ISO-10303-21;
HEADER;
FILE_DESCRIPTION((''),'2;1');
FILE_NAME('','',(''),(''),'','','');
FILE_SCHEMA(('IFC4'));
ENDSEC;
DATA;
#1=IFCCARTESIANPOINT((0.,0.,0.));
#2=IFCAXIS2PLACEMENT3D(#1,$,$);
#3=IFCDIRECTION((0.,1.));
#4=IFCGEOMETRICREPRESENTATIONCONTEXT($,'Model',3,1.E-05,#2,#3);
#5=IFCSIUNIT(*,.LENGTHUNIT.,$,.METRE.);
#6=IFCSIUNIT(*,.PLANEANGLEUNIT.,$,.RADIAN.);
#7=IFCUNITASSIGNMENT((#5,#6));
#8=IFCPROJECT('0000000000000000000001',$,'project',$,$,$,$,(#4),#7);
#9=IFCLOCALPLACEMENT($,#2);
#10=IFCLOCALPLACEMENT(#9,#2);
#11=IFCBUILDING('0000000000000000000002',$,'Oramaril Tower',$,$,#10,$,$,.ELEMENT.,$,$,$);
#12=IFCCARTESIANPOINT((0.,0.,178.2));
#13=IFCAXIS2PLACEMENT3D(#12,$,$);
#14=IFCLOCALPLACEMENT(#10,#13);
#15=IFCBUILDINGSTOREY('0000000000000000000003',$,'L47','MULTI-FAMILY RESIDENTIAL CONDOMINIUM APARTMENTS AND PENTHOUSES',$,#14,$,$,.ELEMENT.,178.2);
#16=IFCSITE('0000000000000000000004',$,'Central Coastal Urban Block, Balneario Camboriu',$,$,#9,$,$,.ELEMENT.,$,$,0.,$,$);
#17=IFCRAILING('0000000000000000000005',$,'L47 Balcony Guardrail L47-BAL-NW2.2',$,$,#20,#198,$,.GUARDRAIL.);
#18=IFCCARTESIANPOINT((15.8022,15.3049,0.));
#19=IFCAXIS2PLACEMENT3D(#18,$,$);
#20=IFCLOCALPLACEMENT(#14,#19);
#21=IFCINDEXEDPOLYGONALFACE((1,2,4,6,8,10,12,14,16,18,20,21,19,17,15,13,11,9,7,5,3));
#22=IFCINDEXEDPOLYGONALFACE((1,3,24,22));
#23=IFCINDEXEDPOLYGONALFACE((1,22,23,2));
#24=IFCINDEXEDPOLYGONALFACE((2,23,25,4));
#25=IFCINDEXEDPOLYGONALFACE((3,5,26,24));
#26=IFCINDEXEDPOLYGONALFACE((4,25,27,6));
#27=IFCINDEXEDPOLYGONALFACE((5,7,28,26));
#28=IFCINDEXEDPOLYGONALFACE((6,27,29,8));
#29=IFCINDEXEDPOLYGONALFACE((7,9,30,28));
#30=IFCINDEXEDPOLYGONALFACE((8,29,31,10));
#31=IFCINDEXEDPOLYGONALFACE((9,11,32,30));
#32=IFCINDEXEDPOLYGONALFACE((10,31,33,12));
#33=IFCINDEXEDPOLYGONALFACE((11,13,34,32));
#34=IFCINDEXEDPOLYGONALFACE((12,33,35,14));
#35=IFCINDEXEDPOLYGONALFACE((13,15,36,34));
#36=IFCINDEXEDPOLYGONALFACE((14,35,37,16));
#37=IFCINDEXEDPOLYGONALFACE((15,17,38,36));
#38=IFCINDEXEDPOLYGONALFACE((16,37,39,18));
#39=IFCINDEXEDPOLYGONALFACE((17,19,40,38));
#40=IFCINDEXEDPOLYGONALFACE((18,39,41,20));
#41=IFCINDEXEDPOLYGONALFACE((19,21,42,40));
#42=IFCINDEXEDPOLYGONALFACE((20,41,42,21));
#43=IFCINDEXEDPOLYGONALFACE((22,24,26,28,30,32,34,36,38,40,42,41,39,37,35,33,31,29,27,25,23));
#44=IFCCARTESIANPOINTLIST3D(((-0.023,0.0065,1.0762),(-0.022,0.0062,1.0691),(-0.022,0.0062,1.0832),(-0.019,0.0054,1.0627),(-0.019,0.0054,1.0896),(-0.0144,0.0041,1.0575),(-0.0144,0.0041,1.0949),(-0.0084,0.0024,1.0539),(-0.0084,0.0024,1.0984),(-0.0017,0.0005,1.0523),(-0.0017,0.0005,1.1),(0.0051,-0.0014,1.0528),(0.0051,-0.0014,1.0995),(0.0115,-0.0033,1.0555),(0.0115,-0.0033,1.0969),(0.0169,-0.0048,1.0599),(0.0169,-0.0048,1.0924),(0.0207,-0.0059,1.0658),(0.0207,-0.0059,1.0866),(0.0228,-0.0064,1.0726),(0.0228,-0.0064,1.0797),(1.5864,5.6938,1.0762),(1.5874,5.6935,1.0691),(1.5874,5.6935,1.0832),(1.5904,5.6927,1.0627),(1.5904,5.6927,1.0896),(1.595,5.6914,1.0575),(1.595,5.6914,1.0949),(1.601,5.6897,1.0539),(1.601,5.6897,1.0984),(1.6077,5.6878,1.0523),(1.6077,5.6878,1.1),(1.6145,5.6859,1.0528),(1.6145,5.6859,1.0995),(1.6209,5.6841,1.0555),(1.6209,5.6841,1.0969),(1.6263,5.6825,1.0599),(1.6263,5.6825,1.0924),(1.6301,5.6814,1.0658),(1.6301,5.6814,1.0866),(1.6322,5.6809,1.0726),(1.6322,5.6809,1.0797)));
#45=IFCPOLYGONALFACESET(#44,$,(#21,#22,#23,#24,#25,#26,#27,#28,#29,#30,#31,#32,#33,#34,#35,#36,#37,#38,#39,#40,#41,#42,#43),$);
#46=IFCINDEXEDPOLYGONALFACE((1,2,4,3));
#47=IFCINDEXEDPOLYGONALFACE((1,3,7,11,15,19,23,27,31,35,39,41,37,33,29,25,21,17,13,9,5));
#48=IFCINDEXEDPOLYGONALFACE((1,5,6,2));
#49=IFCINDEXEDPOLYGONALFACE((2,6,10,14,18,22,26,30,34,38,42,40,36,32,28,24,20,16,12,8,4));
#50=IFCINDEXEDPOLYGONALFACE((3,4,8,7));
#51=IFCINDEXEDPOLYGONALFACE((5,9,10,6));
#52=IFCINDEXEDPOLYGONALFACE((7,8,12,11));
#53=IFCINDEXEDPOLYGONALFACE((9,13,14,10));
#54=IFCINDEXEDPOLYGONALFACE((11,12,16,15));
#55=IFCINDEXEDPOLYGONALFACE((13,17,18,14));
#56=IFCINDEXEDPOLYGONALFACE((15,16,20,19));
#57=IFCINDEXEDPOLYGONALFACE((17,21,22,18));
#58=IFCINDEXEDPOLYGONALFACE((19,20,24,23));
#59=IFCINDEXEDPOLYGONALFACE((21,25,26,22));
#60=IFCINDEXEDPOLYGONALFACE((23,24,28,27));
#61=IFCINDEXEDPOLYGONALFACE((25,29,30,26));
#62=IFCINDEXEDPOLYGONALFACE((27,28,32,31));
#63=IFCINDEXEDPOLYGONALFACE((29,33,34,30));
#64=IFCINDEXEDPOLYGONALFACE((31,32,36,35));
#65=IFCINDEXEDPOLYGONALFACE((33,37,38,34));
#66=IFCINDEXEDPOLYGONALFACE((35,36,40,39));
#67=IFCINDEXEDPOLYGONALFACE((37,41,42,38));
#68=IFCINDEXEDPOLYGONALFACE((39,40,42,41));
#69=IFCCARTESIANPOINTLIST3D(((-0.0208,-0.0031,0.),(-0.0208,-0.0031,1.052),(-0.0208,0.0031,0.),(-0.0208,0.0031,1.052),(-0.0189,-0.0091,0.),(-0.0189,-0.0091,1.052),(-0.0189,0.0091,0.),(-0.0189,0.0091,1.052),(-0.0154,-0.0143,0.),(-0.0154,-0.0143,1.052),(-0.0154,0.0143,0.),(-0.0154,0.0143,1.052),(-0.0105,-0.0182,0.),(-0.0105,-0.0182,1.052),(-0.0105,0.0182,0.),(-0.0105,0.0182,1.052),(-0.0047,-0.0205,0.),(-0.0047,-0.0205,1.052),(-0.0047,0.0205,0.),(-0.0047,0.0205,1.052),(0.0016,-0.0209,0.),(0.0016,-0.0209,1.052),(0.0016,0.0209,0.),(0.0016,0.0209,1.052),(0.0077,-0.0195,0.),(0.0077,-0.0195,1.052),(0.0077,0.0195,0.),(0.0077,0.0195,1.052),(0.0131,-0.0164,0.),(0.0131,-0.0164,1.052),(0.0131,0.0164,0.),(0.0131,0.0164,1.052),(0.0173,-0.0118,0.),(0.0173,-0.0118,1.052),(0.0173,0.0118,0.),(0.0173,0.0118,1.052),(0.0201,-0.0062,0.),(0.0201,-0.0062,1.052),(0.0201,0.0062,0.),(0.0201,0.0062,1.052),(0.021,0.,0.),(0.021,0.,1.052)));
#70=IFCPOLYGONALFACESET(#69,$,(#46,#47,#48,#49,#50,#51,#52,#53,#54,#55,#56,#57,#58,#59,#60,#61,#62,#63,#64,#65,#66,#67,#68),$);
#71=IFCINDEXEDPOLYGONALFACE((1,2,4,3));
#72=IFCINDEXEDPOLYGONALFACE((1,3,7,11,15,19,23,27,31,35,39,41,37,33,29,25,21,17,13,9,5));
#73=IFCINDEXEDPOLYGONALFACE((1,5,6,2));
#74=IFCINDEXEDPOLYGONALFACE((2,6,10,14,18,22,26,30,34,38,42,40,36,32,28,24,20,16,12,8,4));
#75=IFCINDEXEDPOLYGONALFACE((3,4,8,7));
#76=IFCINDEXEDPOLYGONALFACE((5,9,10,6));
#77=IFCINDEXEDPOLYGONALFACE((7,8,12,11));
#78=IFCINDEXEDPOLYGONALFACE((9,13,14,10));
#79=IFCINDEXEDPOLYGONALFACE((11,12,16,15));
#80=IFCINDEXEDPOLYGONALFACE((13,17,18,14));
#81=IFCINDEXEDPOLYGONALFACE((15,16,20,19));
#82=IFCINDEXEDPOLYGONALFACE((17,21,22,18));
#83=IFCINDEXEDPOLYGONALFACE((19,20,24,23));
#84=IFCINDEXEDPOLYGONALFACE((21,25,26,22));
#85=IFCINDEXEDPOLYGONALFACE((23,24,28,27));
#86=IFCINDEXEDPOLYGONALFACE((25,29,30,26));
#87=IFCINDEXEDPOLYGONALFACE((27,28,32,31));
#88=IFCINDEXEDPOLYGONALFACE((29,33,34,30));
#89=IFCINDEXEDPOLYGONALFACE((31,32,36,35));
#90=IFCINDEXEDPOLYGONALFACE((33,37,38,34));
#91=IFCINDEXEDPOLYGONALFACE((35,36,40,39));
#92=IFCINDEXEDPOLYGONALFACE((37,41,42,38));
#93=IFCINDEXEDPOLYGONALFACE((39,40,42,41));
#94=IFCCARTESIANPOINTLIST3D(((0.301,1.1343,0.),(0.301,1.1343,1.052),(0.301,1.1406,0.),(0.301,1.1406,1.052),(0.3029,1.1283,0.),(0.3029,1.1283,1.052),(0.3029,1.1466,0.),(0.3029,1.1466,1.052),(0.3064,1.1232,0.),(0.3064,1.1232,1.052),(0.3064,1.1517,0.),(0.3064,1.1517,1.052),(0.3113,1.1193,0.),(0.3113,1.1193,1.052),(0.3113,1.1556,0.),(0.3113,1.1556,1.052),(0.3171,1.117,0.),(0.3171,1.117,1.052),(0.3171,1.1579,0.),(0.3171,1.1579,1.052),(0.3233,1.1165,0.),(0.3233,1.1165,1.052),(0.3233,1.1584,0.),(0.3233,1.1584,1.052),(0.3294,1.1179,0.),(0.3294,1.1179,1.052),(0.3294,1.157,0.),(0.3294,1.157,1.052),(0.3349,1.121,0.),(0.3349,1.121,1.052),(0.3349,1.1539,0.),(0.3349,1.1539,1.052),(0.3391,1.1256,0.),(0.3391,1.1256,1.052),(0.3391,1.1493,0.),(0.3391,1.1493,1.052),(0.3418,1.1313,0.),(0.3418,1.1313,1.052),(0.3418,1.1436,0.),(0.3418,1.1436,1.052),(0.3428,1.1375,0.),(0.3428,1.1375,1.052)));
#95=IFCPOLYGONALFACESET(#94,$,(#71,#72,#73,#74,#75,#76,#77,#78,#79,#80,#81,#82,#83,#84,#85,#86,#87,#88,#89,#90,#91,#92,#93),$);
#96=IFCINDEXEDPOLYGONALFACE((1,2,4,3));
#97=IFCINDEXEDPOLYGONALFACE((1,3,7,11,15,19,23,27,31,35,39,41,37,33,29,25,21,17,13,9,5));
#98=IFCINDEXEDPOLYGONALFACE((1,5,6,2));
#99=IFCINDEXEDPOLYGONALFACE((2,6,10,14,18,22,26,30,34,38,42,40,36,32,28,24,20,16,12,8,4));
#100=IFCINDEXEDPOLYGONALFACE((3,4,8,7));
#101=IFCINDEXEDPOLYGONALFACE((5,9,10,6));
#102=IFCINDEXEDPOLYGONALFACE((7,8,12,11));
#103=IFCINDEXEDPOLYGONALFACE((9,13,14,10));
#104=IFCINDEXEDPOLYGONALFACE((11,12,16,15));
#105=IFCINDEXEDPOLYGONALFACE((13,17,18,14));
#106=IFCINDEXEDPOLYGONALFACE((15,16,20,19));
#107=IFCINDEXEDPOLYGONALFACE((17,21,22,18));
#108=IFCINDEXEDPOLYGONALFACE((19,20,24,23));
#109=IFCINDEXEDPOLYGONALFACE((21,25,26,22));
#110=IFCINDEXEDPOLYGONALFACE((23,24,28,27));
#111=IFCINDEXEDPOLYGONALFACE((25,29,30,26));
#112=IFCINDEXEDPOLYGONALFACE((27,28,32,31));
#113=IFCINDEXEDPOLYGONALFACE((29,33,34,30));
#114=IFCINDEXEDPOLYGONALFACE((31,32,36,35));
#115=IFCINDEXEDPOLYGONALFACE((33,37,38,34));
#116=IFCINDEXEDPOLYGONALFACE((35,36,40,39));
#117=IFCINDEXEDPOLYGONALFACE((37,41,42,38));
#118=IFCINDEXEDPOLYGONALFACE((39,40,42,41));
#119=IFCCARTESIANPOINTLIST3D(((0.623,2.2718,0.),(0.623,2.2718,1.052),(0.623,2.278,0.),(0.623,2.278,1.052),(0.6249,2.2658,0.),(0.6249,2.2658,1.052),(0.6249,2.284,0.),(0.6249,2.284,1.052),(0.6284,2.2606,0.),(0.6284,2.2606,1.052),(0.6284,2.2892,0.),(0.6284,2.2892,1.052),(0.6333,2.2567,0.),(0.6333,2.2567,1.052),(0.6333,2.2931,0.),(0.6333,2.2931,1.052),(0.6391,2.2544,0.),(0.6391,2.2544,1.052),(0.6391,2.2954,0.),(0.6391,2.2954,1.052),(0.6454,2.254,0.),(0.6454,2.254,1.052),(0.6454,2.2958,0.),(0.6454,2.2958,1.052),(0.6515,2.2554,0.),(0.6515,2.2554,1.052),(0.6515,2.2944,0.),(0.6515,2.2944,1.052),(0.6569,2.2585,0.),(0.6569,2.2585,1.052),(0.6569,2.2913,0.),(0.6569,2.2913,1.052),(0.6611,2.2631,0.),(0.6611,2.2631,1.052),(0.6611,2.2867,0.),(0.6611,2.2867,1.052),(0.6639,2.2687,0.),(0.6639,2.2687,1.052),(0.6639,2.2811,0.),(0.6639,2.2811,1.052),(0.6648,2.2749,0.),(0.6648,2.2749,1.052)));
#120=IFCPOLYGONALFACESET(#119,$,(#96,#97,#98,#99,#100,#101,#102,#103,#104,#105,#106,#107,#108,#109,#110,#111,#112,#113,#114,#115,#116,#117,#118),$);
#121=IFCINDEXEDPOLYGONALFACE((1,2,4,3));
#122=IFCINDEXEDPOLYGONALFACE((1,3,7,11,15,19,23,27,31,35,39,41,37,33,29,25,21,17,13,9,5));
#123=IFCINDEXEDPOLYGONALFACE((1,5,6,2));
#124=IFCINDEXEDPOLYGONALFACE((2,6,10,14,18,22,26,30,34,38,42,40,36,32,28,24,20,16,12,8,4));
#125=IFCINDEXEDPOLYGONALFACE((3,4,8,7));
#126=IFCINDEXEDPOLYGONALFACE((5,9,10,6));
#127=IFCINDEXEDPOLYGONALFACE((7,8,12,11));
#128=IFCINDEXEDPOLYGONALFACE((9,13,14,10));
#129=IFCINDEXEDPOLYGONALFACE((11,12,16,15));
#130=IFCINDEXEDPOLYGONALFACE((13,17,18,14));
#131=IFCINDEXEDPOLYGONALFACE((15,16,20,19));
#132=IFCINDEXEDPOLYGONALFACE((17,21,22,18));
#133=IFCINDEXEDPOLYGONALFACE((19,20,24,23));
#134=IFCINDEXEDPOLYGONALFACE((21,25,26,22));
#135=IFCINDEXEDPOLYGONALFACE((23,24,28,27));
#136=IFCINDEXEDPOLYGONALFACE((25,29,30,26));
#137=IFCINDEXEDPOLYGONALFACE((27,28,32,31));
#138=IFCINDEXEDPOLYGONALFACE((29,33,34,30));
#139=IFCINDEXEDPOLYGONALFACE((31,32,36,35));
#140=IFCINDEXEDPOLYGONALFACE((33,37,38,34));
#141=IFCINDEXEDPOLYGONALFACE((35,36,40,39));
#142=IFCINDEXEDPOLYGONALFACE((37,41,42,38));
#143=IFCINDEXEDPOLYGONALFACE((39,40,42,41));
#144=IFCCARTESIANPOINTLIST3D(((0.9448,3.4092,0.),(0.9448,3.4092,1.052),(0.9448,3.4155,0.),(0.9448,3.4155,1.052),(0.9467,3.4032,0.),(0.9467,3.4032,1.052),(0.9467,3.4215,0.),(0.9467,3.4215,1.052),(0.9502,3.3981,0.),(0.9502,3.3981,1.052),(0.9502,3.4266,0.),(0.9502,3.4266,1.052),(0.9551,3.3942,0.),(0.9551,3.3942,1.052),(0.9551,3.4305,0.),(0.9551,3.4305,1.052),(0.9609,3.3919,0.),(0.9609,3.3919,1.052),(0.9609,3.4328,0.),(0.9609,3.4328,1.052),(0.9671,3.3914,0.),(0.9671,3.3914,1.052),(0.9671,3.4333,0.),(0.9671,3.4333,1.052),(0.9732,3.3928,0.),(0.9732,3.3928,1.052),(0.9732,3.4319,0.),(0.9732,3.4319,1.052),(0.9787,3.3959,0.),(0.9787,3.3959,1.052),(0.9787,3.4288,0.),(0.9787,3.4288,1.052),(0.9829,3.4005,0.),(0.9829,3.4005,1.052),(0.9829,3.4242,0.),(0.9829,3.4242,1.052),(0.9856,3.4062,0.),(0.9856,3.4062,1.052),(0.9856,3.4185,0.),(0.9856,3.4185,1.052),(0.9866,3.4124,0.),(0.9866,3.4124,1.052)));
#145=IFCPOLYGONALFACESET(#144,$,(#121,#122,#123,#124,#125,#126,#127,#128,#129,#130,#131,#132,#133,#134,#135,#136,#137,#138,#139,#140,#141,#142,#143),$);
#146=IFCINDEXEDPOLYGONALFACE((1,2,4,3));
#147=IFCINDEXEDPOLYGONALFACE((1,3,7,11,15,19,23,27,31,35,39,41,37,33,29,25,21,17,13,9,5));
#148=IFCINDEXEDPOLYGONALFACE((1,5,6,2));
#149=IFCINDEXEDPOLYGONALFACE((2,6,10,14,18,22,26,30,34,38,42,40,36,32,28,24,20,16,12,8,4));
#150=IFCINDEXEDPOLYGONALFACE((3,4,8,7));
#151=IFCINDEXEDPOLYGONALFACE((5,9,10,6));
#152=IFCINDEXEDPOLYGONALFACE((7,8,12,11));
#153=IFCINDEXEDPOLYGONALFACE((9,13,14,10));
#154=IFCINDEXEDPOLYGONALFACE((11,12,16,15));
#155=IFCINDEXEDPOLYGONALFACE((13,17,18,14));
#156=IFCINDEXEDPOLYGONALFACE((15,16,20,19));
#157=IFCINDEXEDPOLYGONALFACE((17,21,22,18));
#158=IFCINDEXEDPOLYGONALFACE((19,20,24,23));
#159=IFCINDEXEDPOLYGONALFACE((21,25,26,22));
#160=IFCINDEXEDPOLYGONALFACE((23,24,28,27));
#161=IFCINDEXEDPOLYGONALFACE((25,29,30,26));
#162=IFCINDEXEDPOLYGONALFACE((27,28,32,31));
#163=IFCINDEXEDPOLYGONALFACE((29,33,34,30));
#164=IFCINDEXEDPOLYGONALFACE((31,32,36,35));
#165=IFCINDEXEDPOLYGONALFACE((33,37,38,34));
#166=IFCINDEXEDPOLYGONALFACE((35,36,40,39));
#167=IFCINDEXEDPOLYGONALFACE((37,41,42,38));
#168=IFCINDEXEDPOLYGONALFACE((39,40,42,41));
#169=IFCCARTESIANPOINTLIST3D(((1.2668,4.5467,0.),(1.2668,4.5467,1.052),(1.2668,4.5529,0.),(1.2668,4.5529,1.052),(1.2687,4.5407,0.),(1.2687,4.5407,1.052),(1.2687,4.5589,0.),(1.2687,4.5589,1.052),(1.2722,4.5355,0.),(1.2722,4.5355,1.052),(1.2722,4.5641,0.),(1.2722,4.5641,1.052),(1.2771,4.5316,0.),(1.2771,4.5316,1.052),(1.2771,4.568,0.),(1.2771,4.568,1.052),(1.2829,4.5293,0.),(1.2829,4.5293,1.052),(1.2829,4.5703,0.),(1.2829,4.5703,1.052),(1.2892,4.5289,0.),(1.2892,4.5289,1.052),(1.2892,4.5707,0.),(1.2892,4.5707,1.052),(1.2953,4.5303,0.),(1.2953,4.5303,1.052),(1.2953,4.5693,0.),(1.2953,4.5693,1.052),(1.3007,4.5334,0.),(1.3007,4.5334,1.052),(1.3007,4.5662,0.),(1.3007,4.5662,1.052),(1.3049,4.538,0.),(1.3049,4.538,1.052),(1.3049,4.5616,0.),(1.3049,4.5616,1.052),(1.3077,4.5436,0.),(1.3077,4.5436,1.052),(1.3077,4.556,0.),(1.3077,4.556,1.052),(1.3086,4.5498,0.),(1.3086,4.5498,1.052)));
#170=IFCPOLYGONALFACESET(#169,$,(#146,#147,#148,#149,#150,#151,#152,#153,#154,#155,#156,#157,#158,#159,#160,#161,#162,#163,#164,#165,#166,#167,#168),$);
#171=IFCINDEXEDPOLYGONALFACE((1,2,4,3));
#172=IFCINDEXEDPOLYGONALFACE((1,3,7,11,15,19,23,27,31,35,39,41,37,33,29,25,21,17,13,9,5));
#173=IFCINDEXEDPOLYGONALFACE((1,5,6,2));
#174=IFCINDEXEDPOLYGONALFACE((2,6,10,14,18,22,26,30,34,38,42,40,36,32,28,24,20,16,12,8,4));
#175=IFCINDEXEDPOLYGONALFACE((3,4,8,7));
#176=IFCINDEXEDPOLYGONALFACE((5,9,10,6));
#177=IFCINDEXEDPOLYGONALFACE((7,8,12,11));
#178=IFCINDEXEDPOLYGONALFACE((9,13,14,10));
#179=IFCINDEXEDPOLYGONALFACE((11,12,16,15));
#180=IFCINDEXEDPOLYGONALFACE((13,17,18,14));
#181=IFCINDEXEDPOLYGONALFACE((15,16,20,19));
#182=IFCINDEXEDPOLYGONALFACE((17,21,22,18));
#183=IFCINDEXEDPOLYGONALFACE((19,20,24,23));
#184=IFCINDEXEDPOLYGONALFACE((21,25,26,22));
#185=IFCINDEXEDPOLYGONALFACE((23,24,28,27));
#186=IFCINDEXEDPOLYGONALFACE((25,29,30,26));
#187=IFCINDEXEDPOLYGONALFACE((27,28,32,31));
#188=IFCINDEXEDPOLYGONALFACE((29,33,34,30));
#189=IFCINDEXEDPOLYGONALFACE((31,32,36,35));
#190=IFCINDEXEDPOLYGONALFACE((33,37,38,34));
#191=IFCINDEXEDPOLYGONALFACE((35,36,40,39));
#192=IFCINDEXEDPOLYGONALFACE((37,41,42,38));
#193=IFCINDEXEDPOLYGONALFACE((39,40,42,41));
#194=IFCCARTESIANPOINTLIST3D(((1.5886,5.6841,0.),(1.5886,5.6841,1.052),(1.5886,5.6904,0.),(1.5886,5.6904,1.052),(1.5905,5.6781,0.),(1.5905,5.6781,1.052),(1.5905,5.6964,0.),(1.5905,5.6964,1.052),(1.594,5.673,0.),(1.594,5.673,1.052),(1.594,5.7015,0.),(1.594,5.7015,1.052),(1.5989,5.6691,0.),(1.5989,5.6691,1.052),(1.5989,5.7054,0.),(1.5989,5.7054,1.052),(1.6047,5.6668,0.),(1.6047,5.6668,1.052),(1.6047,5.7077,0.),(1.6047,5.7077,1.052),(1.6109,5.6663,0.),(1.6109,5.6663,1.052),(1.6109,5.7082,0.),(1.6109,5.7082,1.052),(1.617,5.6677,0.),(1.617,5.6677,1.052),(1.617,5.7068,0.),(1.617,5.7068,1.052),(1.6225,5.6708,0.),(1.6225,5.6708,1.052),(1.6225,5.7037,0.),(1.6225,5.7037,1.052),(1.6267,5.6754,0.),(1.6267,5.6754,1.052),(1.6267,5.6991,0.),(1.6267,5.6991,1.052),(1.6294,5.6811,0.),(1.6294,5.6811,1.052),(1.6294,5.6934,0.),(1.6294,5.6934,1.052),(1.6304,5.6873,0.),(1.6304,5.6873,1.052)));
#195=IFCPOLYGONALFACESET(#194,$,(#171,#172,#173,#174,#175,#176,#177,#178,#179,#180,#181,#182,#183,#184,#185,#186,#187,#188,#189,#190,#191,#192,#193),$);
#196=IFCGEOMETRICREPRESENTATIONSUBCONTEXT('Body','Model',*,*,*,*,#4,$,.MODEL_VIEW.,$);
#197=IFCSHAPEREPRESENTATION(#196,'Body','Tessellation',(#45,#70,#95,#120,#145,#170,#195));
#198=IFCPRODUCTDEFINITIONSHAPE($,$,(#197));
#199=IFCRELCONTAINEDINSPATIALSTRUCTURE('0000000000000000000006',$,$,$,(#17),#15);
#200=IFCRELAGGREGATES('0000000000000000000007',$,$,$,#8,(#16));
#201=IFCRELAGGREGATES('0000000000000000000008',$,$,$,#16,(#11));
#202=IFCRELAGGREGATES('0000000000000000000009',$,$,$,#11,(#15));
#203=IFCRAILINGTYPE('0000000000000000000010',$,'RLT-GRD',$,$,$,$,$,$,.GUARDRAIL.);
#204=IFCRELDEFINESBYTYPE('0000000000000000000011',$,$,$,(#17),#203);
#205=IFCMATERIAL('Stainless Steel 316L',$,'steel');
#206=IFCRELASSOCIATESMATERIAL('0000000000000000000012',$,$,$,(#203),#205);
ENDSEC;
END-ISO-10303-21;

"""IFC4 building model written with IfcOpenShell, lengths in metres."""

from ifc_helpers import new_model, si_unit, direction, frame, origin, origin_2d, place, context, subcontext, project, spatial, circle, extrude, material, type_object, element, save


model = new_model("IFC4")

# Units and contexts
model_context = context("Model", 3, precision=1e-05, world=origin(), true_north=direction((0.0, 1.0)))
body_context = subcontext(model_context, "Body", "Model", "MODEL_VIEW")
ifc_project = project(units=[si_unit("LENGTHUNIT", "METRE"), si_unit("PLANEANGLEUNIT", "RADIAN")], contexts=[model_context])

# Site, building, storey
site_placement = place(None, origin())
site = spatial("IfcSite", under=ifc_project, at=site_placement, Name="Central Coastal Urban Block, Balneario Camboriu", CompositionType="ELEMENT", RefElevation=0.0)
building_placement = place(site_placement, origin())
building = spatial("IfcBuilding", under=site, at=building_placement, Name="Oramaril Tower", CompositionType="ELEMENT")
storey_placement = place(building_placement, frame((0.0, 0.0, 178.2)))
storey = spatial("IfcBuildingStorey", under=building, at=storey_placement, Name="L47", Description="MULTI-FAMILY RESIDENTIAL CONDOMINIUM APARTMENTS AND PENTHOUSES", CompositionType="ELEMENT", Elevation=178.2)

# Railing
ifc_material_1 = material(Name="Stainless Steel 316L", Category="steel")
railing_type_1 = type_object("IfcRailingType", Name="RLT-GRD", PredefinedType="GUARDRAIL", material=ifc_material_1)
railing_1_placement = place(storey_placement, frame((15.8022, 15.3049, 0.0)))
element("IfcRailing", 1, at=railing_1_placement, inside=storey, type_object=railing_type_1, Name="L47 Balcony Guardrail L47-BAL-NW2.2", PredefinedType="GUARDRAIL", context=body_context, shape_type="SweptSolid", body=[
    extrude(circle(Radius=0.0239, at=origin_2d()), frame((0.0, 0.0, 1.0762), z_axis=(0.272287, 0.962216, 0.0), x_axis=(-0.962216, 0.272287, 0.0)), (0.0, 0.0, 1.0), 5.9106),
    extrude(circle(Radius=0.021, at=origin_2d()), origin(), (0.0, 0.0, 1.0), 1.052),
    extrude(circle(Radius=0.021, at=origin_2d()), frame((0.3218, 1.1375, 0.0)), (0.0, 0.0, 1.0), 1.052),
    extrude(circle(Radius=0.021, at=origin_2d()), frame((0.6438, 2.2749, 0.0)), (0.0, 0.0, 1.0), 1.052),
    extrude(circle(Radius=0.021, at=origin_2d()), frame((0.9656, 3.4124, 0.0)), (0.0, 0.0, 1.0), 1.052),
    extrude(circle(Radius=0.021, at=origin_2d()), frame((1.2876, 4.5498, 0.0)), (0.0, 0.0, 1.0), 1.052),
    extrude(circle(Radius=0.021, at=origin_2d()), frame((1.6094, 5.6873, 0.0)), (0.0, 0.0, 1.0), 1.052),
])

save(model, "model.ifc")
